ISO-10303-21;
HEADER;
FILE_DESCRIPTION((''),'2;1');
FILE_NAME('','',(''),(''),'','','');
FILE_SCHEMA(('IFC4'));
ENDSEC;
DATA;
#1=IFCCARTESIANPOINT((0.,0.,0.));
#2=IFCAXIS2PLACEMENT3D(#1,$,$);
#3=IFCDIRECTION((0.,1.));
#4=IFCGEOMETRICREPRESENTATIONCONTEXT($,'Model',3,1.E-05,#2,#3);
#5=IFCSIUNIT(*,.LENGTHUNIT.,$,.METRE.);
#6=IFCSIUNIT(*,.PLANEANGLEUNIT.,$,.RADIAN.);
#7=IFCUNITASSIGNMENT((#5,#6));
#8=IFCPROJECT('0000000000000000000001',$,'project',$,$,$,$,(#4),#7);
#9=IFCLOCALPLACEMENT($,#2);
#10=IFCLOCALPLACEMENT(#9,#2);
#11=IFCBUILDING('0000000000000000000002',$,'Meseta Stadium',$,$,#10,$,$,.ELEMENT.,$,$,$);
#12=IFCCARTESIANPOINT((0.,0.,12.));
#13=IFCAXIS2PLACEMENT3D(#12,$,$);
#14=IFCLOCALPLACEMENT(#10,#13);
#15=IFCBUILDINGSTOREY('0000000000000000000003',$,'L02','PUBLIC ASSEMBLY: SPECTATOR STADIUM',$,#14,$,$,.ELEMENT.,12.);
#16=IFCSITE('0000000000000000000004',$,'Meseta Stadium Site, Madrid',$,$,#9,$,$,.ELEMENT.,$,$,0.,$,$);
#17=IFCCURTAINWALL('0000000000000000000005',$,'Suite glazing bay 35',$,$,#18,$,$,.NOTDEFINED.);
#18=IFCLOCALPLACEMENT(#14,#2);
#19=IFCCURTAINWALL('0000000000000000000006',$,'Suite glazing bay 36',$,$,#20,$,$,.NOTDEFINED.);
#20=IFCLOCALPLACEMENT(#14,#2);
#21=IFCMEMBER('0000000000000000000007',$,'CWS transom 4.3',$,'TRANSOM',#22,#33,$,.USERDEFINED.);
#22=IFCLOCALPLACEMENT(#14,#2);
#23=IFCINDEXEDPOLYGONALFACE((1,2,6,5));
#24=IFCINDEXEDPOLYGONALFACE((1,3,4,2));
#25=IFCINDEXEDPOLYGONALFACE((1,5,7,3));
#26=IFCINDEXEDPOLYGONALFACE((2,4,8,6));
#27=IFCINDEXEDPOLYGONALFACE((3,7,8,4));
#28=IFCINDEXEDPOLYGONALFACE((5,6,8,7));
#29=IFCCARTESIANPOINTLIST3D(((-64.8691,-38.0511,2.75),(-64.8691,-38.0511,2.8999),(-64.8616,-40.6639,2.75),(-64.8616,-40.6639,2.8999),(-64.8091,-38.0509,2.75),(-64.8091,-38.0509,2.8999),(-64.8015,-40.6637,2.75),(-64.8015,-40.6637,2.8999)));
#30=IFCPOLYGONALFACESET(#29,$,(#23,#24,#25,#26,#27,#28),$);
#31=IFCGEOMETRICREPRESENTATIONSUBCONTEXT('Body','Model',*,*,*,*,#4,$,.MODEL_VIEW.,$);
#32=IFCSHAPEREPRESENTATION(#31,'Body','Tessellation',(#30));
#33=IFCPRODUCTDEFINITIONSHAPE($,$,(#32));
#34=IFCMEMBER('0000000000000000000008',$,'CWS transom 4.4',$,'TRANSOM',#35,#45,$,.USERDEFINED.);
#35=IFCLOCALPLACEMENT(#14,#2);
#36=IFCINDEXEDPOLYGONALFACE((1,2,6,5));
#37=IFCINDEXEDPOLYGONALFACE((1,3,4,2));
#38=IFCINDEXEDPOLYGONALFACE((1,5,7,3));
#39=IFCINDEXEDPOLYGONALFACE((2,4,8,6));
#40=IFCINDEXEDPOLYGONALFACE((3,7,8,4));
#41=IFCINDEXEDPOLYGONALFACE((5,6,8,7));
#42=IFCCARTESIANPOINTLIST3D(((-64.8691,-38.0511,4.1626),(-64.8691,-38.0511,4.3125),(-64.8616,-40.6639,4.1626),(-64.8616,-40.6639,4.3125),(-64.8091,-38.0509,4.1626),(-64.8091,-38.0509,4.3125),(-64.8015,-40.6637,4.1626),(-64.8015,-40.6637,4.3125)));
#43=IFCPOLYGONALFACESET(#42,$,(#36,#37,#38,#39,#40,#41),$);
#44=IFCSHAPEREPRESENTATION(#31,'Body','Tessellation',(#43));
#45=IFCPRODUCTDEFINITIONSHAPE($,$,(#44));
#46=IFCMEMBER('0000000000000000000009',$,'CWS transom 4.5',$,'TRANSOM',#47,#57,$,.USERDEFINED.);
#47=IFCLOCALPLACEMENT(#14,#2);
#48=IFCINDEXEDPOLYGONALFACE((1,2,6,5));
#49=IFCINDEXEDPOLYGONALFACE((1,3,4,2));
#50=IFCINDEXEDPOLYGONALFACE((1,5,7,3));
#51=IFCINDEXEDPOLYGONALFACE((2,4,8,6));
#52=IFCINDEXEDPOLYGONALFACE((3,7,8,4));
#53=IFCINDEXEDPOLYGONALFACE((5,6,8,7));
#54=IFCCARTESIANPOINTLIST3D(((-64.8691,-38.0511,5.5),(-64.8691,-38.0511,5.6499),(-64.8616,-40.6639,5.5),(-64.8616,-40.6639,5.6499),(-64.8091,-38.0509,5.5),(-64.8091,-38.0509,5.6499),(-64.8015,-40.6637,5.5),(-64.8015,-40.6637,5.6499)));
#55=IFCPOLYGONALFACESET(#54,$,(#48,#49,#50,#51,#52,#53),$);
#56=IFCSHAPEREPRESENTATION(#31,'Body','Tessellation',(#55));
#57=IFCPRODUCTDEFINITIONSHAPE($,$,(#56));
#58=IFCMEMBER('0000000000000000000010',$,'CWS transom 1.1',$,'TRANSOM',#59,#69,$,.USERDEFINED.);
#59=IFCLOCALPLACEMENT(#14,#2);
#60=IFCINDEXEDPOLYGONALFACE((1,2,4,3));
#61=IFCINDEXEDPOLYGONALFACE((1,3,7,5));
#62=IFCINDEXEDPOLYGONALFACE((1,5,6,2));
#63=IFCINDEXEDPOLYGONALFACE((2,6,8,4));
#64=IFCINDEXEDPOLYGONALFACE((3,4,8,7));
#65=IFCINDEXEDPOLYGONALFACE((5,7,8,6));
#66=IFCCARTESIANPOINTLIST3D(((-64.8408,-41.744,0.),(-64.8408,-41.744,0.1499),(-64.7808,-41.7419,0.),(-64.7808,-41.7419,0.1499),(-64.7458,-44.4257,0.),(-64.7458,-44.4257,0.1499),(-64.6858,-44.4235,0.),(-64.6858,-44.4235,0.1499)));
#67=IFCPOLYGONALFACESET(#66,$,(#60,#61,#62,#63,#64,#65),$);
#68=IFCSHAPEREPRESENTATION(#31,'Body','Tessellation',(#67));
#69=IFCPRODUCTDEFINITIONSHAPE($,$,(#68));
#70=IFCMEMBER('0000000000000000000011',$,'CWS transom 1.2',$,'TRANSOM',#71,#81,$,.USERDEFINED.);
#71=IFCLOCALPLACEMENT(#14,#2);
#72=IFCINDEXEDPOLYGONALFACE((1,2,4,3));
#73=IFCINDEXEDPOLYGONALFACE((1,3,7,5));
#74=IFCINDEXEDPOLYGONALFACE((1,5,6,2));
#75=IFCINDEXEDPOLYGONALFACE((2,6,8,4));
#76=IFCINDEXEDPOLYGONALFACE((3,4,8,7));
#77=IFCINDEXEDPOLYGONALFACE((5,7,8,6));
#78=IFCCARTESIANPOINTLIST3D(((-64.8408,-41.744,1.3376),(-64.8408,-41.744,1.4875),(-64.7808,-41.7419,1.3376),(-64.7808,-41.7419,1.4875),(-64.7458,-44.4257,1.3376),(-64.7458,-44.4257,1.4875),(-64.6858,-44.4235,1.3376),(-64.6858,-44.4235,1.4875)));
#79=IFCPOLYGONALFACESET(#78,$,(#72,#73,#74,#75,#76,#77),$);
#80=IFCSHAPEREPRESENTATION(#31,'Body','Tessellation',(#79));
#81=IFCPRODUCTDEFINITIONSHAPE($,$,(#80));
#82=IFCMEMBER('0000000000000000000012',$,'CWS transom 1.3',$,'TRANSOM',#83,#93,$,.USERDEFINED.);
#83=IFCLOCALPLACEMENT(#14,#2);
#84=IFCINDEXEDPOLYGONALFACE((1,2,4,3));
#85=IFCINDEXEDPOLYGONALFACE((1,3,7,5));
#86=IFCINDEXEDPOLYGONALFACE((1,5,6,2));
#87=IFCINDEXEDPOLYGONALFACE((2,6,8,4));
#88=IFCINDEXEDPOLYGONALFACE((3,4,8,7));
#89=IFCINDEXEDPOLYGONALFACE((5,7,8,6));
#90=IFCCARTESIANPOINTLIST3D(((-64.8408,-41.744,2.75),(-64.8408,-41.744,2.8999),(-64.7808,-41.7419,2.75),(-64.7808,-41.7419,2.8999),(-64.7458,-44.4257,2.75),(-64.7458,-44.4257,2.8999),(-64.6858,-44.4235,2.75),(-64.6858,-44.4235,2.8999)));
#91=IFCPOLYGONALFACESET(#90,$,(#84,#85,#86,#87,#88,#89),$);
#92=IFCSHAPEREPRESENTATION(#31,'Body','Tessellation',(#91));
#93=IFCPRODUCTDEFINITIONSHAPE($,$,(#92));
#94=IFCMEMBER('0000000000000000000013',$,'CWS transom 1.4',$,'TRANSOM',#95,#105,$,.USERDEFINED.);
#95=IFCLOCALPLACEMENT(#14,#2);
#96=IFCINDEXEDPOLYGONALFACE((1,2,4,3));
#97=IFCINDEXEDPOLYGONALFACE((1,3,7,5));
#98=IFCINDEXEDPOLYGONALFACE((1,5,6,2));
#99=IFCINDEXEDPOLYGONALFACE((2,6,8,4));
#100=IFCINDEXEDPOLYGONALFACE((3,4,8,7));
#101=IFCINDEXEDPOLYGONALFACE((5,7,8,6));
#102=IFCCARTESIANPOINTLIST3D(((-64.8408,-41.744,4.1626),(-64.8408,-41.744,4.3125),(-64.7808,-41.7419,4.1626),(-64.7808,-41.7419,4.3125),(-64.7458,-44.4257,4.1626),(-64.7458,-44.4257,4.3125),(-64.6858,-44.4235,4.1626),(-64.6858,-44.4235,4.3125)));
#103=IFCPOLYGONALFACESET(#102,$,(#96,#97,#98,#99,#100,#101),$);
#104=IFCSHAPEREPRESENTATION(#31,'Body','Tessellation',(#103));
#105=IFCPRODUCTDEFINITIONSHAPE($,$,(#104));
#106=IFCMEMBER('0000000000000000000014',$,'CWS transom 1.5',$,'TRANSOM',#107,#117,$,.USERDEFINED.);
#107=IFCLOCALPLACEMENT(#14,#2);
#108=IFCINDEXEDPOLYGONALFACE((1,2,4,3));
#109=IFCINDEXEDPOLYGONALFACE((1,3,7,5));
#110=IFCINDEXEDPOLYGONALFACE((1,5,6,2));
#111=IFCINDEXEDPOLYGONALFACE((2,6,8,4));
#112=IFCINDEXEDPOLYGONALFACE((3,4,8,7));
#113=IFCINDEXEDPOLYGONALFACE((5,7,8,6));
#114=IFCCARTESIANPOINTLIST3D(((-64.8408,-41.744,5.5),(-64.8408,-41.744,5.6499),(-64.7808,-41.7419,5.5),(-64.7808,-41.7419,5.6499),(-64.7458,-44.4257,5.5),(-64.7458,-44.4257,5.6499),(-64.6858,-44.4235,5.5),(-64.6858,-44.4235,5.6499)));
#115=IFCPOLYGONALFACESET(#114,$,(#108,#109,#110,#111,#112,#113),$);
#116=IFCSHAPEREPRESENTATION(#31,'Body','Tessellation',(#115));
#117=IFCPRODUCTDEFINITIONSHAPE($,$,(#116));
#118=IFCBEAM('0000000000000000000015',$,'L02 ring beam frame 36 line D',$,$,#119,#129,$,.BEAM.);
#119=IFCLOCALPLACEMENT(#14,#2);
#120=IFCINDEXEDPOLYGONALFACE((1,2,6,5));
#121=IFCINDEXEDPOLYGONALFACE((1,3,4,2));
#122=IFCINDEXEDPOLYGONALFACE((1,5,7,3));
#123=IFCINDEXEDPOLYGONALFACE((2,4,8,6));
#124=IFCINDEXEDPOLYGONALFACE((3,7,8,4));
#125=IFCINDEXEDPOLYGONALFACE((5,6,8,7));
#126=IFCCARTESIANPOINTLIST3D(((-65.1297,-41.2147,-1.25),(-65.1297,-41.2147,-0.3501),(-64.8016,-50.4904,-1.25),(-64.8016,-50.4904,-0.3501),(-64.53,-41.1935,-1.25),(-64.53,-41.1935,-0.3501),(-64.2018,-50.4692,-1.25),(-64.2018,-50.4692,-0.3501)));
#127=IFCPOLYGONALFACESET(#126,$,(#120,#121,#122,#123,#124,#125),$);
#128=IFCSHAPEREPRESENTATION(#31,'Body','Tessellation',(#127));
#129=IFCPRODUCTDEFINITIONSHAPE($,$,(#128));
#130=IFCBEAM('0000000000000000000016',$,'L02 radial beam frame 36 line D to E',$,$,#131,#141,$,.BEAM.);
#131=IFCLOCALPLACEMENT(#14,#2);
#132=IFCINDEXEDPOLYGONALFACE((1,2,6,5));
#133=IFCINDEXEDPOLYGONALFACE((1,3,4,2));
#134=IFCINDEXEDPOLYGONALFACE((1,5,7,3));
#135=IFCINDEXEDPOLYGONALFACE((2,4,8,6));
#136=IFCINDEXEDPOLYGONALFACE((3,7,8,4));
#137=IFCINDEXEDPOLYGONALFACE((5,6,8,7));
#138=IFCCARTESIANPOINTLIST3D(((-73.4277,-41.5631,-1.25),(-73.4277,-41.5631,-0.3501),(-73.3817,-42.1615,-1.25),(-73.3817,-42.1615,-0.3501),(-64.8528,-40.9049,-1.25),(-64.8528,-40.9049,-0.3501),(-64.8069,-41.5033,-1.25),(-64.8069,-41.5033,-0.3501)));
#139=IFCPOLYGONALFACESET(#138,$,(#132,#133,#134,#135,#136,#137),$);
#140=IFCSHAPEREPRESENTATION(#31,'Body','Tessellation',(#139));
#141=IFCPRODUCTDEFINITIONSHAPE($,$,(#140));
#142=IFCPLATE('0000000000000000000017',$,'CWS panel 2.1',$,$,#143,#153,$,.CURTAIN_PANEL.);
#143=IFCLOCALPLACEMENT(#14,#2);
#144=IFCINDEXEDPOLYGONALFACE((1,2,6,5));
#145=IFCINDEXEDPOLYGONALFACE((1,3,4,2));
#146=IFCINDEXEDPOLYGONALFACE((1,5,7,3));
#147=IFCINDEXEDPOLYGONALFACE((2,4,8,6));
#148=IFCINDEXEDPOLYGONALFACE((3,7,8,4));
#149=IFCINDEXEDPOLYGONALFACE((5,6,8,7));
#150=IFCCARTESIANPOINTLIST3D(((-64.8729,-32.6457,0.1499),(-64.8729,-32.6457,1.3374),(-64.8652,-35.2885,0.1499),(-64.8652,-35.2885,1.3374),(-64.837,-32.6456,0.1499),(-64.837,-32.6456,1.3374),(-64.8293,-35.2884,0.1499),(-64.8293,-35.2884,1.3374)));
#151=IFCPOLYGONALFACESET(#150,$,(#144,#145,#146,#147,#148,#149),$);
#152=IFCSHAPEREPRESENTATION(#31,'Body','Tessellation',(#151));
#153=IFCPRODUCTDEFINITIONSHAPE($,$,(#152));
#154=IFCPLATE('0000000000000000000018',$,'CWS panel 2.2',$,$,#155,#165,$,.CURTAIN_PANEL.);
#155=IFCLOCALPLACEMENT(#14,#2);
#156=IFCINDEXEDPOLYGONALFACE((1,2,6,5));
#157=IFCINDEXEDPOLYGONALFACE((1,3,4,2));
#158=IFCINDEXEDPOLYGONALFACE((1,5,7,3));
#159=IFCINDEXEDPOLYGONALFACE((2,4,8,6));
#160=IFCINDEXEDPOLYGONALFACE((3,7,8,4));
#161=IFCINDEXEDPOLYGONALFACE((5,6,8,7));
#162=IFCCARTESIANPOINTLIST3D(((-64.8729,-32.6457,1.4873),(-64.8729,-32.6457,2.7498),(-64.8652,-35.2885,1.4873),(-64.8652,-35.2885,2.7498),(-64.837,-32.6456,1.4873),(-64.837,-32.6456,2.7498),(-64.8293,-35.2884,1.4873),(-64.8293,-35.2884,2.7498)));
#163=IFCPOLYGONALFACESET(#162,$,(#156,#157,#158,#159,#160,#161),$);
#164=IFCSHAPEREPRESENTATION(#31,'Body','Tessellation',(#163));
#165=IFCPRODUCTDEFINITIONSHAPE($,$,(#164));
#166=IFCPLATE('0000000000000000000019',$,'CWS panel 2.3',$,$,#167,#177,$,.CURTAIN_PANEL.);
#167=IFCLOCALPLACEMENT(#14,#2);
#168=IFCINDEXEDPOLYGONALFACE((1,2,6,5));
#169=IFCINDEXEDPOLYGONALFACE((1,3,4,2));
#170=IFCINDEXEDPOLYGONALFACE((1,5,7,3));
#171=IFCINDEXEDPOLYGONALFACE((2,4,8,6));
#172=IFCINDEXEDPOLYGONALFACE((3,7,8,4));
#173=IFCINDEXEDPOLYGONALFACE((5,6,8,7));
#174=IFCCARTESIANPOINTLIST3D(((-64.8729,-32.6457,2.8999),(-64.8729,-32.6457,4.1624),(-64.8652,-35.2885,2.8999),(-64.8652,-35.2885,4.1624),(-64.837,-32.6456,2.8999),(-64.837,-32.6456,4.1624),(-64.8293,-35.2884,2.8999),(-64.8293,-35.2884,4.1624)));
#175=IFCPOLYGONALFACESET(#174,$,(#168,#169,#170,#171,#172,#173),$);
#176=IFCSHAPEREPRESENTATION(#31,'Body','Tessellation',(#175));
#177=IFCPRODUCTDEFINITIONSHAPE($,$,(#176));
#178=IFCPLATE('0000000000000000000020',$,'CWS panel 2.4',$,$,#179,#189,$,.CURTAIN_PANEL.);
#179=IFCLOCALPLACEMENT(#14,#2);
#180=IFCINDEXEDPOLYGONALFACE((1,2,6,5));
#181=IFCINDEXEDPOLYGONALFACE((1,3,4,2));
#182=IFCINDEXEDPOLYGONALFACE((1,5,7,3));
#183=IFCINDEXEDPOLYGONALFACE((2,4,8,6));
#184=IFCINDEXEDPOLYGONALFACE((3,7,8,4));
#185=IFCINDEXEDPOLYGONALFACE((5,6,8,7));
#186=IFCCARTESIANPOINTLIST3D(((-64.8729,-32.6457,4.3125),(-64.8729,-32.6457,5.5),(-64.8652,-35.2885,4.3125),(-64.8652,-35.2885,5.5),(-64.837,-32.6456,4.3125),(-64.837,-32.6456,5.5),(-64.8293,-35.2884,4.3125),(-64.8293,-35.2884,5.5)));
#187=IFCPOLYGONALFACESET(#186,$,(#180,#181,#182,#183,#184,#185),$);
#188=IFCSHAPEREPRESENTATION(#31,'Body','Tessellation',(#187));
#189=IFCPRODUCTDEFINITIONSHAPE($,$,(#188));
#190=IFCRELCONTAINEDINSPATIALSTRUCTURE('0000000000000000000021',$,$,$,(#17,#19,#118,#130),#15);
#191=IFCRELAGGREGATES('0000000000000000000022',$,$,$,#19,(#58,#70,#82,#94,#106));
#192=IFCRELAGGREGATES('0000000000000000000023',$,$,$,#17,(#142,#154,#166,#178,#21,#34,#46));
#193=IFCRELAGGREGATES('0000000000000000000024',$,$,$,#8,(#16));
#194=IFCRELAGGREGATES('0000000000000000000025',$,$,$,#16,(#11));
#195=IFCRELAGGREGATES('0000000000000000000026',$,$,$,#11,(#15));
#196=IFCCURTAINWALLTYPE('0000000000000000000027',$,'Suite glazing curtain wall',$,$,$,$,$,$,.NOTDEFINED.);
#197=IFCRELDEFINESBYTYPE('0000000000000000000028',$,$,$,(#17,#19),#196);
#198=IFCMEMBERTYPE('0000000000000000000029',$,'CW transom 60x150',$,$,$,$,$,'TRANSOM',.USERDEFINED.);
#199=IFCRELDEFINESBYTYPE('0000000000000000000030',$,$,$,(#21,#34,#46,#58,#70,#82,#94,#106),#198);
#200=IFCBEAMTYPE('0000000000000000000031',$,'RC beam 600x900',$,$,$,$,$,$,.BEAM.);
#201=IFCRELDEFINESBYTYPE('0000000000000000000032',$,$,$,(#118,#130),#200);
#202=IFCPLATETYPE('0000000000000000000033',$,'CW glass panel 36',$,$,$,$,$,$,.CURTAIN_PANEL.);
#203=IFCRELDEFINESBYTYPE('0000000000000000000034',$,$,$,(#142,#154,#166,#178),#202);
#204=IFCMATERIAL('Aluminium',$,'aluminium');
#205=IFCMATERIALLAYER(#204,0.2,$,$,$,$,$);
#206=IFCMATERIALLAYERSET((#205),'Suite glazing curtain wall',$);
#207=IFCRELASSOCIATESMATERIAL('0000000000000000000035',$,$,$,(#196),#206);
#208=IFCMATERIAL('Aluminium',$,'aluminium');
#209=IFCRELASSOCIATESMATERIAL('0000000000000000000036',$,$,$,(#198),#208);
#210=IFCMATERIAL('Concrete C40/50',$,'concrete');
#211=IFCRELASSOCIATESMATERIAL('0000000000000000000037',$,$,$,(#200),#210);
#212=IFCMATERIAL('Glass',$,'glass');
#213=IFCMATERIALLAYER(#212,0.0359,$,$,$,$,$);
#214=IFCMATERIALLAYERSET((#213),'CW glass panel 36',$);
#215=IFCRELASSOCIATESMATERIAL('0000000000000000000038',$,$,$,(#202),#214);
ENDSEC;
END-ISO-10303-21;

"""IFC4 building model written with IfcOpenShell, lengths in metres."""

from ifc_helpers import new_model, si_unit, direction, frame, origin, origin_2d, place, context, subcontext, project, spatial, rectangle, extrude, material, layer, layer_set, material_profile, profile_set, type_object, element, aggregate, save


model = new_model("IFC4")

# Units and contexts
model_context = context("Model", 3, precision=1e-05, world=origin(), true_north=direction((0.0, 1.0)))
body_context = subcontext(model_context, "Body", "Model", "MODEL_VIEW")
ifc_project = project(units=[si_unit("LENGTHUNIT", "METRE"), si_unit("PLANEANGLEUNIT", "RADIAN")], contexts=[model_context])

# Site, building, storey
site_placement = place(None, origin())
site = spatial("IfcSite", under=ifc_project, at=site_placement, Name="Meseta Stadium Site, Madrid", CompositionType="ELEMENT", RefElevation=0.0)
building_placement = place(site_placement, origin())
building = spatial("IfcBuilding", under=site, at=building_placement, Name="Meseta Stadium", CompositionType="ELEMENT")
storey_placement = place(building_placement, frame((0.0, 0.0, 12.0)))
storey = spatial("IfcBuildingStorey", under=building, at=storey_placement, Name="L02", Description="PUBLIC ASSEMBLY: SPECTATOR STADIUM", CompositionType="ELEMENT", Elevation=12.0)

# Curtain wall
ifc_material_1 = material(Name="Aluminium", Category="aluminium")
ifc_layer_1 = layer(ifc_material_1, 0.2)
ifc_layer_set_1 = layer_set([ifc_layer_1], Name="Suite glazing curtain wall")
curtain_wall_type = type_object("IfcCurtainWallType", Name="Suite glazing curtain wall", PredefinedType="NOTDEFINED", material=ifc_layer_set_1)
curtain_wall_1_placement = place(storey_placement, origin())
curtain_wall_1 = element("IfcCurtainWall", 1, at=curtain_wall_1_placement, inside=storey, type_object=curtain_wall_type, Name="Suite glazing bay 35", PredefinedType="NOTDEFINED")

# Curtain wall
curtain_wall_2_placement = place(storey_placement, origin())
curtain_wall_2 = element("IfcCurtainWall", 2, at=curtain_wall_2_placement, inside=storey, type_object=curtain_wall_type, Name="Suite glazing bay 36", PredefinedType="NOTDEFINED")

# Members
ifc_material_2 = material(Name="Aluminium", Category="aluminium")
ifc_material_profile_1 = material_profile(ifc_material_2, rectangle(XDim=0.0601, YDim=0.1499, at=origin_2d()), Name="CW 60x150")
ifc_profile_set_1 = profile_set([ifc_material_profile_1], Name="Aluminium")
member_type_1 = type_object("IfcMemberType", Name="CW transom 60x150", ElementType="TRANSOM", PredefinedType="USERDEFINED", material=ifc_profile_set_1)
member_1_placement = place(storey_placement, frame((-64.8391, -38.051, 2.825), z_axis=(0.002897, -0.999996, 0.0), x_axis=(0.999996, 0.002897, 0.0)))
member_1 = element("IfcMember", 3, at=member_1_placement, type_object=member_type_1, Name="CWS transom 4.3", ObjectType="TRANSOM", PredefinedType="USERDEFINED", context=body_context, shape_type="SweptSolid", body=[
    extrude(rectangle(XDim=0.0601, YDim=0.1499, at=origin_2d()), origin(), (0.0, 0.0, 1.0), 2.6128),
])
member_2_placement = place(storey_placement, frame((-64.8391, -38.051, 4.2375), z_axis=(0.002897, -0.999996, 0.0), x_axis=(0.999996, 0.002897, 0.0)))
member_2 = element("IfcMember", 4, at=member_2_placement, type_object=member_type_1, Name="CWS transom 4.4", ObjectType="TRANSOM", PredefinedType="USERDEFINED", context=body_context, shape_type="SweptSolid", body=[
    extrude(rectangle(XDim=0.0601, YDim=0.1499, at=origin_2d()), origin(), (0.0, 0.0, 1.0), 2.6128),
])
member_3_placement = place(storey_placement, frame((-64.8391, -38.051, 5.575), z_axis=(0.002897, -0.999996, 0.0), x_axis=(0.999996, 0.002897, 0.0)))
member_3 = element("IfcMember", 5, at=member_3_placement, type_object=member_type_1, Name="CWS transom 4.5", ObjectType="TRANSOM", PredefinedType="USERDEFINED", context=body_context, shape_type="SweptSolid", body=[
    extrude(rectangle(XDim=0.0601, YDim=0.1499, at=origin_2d()), origin(), (0.0, 0.0, 1.0), 2.6128),
])
member_4_placement = place(storey_placement, frame((-64.8108, -41.7429, 0.075), z_axis=(0.035393, -0.999373, 0.0), x_axis=(0.999373, 0.035393, 0.0)))
member_4 = element("IfcMember", 6, at=member_4_placement, type_object=member_type_1, Name="CWS transom 1.1", ObjectType="TRANSOM", PredefinedType="USERDEFINED", context=body_context, shape_type="SweptSolid", body=[
    extrude(rectangle(XDim=0.0601, YDim=0.1499, at=origin_2d()), origin(), (0.0, 0.0, 1.0), 2.6833),
])
member_5_placement = place(storey_placement, frame((-64.8108, -41.7429, 1.4126), z_axis=(0.035393, -0.999373, 0.0), x_axis=(0.999373, 0.035393, 0.0)))
member_5 = element("IfcMember", 7, at=member_5_placement, type_object=member_type_1, Name="CWS transom 1.2", ObjectType="TRANSOM", PredefinedType="USERDEFINED", context=body_context, shape_type="SweptSolid", body=[
    extrude(rectangle(XDim=0.0601, YDim=0.1499, at=origin_2d()), origin(), (0.0, 0.0, 1.0), 2.6833),
])
member_6_placement = place(storey_placement, frame((-64.8108, -41.7429, 2.825), z_axis=(0.035393, -0.999373, 0.0), x_axis=(0.999373, 0.035393, 0.0)))
member_6 = element("IfcMember", 8, at=member_6_placement, type_object=member_type_1, Name="CWS transom 1.3", ObjectType="TRANSOM", PredefinedType="USERDEFINED", context=body_context, shape_type="SweptSolid", body=[
    extrude(rectangle(XDim=0.0601, YDim=0.1499, at=origin_2d()), origin(), (0.0, 0.0, 1.0), 2.6833),
])
member_7_placement = place(storey_placement, frame((-64.8108, -41.7429, 4.2375), z_axis=(0.035393, -0.999373, 0.0), x_axis=(0.999373, 0.035393, 0.0)))
member_7 = element("IfcMember", 9, at=member_7_placement, type_object=member_type_1, Name="CWS transom 1.4", ObjectType="TRANSOM", PredefinedType="USERDEFINED", context=body_context, shape_type="SweptSolid", body=[
    extrude(rectangle(XDim=0.0601, YDim=0.1499, at=origin_2d()), origin(), (0.0, 0.0, 1.0), 2.6833),
])
member_8_placement = place(storey_placement, frame((-64.8108, -41.7429, 5.575), z_axis=(0.035393, -0.999373, 0.0), x_axis=(0.999373, 0.035393, 0.0)))
member_8 = element("IfcMember", 10, at=member_8_placement, type_object=member_type_1, Name="CWS transom 1.5", ObjectType="TRANSOM", PredefinedType="USERDEFINED", context=body_context, shape_type="SweptSolid", body=[
    extrude(rectangle(XDim=0.0601, YDim=0.1499, at=origin_2d()), origin(), (0.0, 0.0, 1.0), 2.6833),
])
aggregate(curtain_wall_2, [member_4, member_5, member_6, member_7, member_8])

# Beams
ifc_material_3 = material(Name="Concrete C40/50", Category="concrete")
ifc_material_profile_2 = material_profile(ifc_material_3, rectangle(XDim=0.6001, YDim=0.8999, at=origin_2d()), Name="RC 600x900")
ifc_profile_set_2 = profile_set([ifc_material_profile_2], Name="Concrete C40/50")
beam_type = type_object("IfcBeamType", Name="RC beam 600x900", PredefinedType="BEAM", material=ifc_profile_set_2)
beam_1_placement = place(storey_placement, frame((-64.8298, -41.2041, -0.8), z_axis=(0.035353, -0.999375, 0.0), x_axis=(0.999375, 0.035353, 0.0)))
element("IfcBeam", 11, at=beam_1_placement, inside=storey, type_object=beam_type, Name="L02 ring beam frame 36 line D", PredefinedType="BEAM", context=body_context, shape_type="SweptSolid", body=[
    extrude(rectangle(XDim=0.6001, YDim=0.8999, at=origin_2d()), origin(), (0.0, 0.0, 1.0), 9.2815),
])
beam_2_placement = place(storey_placement, frame((-64.8298, -41.2041, -0.8), z_axis=(-0.997067, -0.076534, 0.0), x_axis=(0.076534, -0.997067, 0.0)))
element("IfcBeam", 12, at=beam_2_placement, inside=storey, type_object=beam_type, Name="L02 radial beam frame 36 line D to E", PredefinedType="BEAM", context=body_context, shape_type="SweptSolid", body=[
    extrude(rectangle(XDim=0.6001, YDim=0.8999, at=origin_2d()), origin(), (0.0, 0.0, 1.0), 8.6001),
])

# Plates
ifc_material_4 = material(Name="Glass", Category="glass")
ifc_layer_2 = layer(ifc_material_4, 0.0359)
ifc_layer_set_2 = layer_set([ifc_layer_2], Name="CW glass panel 36")
plate_type = type_object("IfcPlateType", Name="CW glass panel 36", PredefinedType="CURTAIN_PANEL", material=ifc_layer_set_2)
plate_1_placement = place(storey_placement, frame((-64.8511, -33.967, 0.1499), z_axis=(0.0, 0.0, 1.0), x_axis=(0.00291, -0.999996, 0.0)))
plate_1 = element("IfcPlate", 13, at=plate_1_placement, type_object=plate_type, Name="CWS panel 2.1", PredefinedType="CURTAIN_PANEL", context=body_context, shape_type="SweptSolid", body=[
    extrude(rectangle(XDim=2.6428, YDim=0.0359, at=origin_2d()), origin(), (0.0, 0.0, 1.0), 1.1875),
])
plate_2_placement = place(storey_placement, frame((-64.8511, -33.967, 1.4873), z_axis=(0.0, 0.0, 1.0), x_axis=(0.00291, -0.999996, 0.0)))
plate_2 = element("IfcPlate", 14, at=plate_2_placement, type_object=plate_type, Name="CWS panel 2.2", PredefinedType="CURTAIN_PANEL", context=body_context, shape_type="SweptSolid", body=[
    extrude(rectangle(XDim=2.6428, YDim=0.0359, at=origin_2d()), origin(), (0.0, 0.0, 1.0), 1.2625),
])
plate_3_placement = place(storey_placement, frame((-64.8511, -33.967, 2.8999), z_axis=(0.0, 0.0, 1.0), x_axis=(0.00291, -0.999996, 0.0)))
plate_3 = element("IfcPlate", 15, at=plate_3_placement, type_object=plate_type, Name="CWS panel 2.3", PredefinedType="CURTAIN_PANEL", context=body_context, shape_type="SweptSolid", body=[
    extrude(rectangle(XDim=2.6428, YDim=0.0359, at=origin_2d()), origin(), (0.0, 0.0, 1.0), 1.2625),
])
plate_4_placement = place(storey_placement, frame((-64.8511, -33.967, 4.3125), z_axis=(0.0, 0.0, 1.0), x_axis=(0.00291, -0.999996, 0.0)))
plate_4 = element("IfcPlate", 16, at=plate_4_placement, type_object=plate_type, Name="CWS panel 2.4", PredefinedType="CURTAIN_PANEL", context=body_context, shape_type="SweptSolid", body=[
    extrude(rectangle(XDim=2.6428, YDim=0.0359, at=origin_2d()), origin(), (0.0, 0.0, 1.0), 1.1875),
])
aggregate(curtain_wall_1, [plate_1, plate_2, plate_3, plate_4, member_1, member_2, member_3])

save(model, "model.ifc")
